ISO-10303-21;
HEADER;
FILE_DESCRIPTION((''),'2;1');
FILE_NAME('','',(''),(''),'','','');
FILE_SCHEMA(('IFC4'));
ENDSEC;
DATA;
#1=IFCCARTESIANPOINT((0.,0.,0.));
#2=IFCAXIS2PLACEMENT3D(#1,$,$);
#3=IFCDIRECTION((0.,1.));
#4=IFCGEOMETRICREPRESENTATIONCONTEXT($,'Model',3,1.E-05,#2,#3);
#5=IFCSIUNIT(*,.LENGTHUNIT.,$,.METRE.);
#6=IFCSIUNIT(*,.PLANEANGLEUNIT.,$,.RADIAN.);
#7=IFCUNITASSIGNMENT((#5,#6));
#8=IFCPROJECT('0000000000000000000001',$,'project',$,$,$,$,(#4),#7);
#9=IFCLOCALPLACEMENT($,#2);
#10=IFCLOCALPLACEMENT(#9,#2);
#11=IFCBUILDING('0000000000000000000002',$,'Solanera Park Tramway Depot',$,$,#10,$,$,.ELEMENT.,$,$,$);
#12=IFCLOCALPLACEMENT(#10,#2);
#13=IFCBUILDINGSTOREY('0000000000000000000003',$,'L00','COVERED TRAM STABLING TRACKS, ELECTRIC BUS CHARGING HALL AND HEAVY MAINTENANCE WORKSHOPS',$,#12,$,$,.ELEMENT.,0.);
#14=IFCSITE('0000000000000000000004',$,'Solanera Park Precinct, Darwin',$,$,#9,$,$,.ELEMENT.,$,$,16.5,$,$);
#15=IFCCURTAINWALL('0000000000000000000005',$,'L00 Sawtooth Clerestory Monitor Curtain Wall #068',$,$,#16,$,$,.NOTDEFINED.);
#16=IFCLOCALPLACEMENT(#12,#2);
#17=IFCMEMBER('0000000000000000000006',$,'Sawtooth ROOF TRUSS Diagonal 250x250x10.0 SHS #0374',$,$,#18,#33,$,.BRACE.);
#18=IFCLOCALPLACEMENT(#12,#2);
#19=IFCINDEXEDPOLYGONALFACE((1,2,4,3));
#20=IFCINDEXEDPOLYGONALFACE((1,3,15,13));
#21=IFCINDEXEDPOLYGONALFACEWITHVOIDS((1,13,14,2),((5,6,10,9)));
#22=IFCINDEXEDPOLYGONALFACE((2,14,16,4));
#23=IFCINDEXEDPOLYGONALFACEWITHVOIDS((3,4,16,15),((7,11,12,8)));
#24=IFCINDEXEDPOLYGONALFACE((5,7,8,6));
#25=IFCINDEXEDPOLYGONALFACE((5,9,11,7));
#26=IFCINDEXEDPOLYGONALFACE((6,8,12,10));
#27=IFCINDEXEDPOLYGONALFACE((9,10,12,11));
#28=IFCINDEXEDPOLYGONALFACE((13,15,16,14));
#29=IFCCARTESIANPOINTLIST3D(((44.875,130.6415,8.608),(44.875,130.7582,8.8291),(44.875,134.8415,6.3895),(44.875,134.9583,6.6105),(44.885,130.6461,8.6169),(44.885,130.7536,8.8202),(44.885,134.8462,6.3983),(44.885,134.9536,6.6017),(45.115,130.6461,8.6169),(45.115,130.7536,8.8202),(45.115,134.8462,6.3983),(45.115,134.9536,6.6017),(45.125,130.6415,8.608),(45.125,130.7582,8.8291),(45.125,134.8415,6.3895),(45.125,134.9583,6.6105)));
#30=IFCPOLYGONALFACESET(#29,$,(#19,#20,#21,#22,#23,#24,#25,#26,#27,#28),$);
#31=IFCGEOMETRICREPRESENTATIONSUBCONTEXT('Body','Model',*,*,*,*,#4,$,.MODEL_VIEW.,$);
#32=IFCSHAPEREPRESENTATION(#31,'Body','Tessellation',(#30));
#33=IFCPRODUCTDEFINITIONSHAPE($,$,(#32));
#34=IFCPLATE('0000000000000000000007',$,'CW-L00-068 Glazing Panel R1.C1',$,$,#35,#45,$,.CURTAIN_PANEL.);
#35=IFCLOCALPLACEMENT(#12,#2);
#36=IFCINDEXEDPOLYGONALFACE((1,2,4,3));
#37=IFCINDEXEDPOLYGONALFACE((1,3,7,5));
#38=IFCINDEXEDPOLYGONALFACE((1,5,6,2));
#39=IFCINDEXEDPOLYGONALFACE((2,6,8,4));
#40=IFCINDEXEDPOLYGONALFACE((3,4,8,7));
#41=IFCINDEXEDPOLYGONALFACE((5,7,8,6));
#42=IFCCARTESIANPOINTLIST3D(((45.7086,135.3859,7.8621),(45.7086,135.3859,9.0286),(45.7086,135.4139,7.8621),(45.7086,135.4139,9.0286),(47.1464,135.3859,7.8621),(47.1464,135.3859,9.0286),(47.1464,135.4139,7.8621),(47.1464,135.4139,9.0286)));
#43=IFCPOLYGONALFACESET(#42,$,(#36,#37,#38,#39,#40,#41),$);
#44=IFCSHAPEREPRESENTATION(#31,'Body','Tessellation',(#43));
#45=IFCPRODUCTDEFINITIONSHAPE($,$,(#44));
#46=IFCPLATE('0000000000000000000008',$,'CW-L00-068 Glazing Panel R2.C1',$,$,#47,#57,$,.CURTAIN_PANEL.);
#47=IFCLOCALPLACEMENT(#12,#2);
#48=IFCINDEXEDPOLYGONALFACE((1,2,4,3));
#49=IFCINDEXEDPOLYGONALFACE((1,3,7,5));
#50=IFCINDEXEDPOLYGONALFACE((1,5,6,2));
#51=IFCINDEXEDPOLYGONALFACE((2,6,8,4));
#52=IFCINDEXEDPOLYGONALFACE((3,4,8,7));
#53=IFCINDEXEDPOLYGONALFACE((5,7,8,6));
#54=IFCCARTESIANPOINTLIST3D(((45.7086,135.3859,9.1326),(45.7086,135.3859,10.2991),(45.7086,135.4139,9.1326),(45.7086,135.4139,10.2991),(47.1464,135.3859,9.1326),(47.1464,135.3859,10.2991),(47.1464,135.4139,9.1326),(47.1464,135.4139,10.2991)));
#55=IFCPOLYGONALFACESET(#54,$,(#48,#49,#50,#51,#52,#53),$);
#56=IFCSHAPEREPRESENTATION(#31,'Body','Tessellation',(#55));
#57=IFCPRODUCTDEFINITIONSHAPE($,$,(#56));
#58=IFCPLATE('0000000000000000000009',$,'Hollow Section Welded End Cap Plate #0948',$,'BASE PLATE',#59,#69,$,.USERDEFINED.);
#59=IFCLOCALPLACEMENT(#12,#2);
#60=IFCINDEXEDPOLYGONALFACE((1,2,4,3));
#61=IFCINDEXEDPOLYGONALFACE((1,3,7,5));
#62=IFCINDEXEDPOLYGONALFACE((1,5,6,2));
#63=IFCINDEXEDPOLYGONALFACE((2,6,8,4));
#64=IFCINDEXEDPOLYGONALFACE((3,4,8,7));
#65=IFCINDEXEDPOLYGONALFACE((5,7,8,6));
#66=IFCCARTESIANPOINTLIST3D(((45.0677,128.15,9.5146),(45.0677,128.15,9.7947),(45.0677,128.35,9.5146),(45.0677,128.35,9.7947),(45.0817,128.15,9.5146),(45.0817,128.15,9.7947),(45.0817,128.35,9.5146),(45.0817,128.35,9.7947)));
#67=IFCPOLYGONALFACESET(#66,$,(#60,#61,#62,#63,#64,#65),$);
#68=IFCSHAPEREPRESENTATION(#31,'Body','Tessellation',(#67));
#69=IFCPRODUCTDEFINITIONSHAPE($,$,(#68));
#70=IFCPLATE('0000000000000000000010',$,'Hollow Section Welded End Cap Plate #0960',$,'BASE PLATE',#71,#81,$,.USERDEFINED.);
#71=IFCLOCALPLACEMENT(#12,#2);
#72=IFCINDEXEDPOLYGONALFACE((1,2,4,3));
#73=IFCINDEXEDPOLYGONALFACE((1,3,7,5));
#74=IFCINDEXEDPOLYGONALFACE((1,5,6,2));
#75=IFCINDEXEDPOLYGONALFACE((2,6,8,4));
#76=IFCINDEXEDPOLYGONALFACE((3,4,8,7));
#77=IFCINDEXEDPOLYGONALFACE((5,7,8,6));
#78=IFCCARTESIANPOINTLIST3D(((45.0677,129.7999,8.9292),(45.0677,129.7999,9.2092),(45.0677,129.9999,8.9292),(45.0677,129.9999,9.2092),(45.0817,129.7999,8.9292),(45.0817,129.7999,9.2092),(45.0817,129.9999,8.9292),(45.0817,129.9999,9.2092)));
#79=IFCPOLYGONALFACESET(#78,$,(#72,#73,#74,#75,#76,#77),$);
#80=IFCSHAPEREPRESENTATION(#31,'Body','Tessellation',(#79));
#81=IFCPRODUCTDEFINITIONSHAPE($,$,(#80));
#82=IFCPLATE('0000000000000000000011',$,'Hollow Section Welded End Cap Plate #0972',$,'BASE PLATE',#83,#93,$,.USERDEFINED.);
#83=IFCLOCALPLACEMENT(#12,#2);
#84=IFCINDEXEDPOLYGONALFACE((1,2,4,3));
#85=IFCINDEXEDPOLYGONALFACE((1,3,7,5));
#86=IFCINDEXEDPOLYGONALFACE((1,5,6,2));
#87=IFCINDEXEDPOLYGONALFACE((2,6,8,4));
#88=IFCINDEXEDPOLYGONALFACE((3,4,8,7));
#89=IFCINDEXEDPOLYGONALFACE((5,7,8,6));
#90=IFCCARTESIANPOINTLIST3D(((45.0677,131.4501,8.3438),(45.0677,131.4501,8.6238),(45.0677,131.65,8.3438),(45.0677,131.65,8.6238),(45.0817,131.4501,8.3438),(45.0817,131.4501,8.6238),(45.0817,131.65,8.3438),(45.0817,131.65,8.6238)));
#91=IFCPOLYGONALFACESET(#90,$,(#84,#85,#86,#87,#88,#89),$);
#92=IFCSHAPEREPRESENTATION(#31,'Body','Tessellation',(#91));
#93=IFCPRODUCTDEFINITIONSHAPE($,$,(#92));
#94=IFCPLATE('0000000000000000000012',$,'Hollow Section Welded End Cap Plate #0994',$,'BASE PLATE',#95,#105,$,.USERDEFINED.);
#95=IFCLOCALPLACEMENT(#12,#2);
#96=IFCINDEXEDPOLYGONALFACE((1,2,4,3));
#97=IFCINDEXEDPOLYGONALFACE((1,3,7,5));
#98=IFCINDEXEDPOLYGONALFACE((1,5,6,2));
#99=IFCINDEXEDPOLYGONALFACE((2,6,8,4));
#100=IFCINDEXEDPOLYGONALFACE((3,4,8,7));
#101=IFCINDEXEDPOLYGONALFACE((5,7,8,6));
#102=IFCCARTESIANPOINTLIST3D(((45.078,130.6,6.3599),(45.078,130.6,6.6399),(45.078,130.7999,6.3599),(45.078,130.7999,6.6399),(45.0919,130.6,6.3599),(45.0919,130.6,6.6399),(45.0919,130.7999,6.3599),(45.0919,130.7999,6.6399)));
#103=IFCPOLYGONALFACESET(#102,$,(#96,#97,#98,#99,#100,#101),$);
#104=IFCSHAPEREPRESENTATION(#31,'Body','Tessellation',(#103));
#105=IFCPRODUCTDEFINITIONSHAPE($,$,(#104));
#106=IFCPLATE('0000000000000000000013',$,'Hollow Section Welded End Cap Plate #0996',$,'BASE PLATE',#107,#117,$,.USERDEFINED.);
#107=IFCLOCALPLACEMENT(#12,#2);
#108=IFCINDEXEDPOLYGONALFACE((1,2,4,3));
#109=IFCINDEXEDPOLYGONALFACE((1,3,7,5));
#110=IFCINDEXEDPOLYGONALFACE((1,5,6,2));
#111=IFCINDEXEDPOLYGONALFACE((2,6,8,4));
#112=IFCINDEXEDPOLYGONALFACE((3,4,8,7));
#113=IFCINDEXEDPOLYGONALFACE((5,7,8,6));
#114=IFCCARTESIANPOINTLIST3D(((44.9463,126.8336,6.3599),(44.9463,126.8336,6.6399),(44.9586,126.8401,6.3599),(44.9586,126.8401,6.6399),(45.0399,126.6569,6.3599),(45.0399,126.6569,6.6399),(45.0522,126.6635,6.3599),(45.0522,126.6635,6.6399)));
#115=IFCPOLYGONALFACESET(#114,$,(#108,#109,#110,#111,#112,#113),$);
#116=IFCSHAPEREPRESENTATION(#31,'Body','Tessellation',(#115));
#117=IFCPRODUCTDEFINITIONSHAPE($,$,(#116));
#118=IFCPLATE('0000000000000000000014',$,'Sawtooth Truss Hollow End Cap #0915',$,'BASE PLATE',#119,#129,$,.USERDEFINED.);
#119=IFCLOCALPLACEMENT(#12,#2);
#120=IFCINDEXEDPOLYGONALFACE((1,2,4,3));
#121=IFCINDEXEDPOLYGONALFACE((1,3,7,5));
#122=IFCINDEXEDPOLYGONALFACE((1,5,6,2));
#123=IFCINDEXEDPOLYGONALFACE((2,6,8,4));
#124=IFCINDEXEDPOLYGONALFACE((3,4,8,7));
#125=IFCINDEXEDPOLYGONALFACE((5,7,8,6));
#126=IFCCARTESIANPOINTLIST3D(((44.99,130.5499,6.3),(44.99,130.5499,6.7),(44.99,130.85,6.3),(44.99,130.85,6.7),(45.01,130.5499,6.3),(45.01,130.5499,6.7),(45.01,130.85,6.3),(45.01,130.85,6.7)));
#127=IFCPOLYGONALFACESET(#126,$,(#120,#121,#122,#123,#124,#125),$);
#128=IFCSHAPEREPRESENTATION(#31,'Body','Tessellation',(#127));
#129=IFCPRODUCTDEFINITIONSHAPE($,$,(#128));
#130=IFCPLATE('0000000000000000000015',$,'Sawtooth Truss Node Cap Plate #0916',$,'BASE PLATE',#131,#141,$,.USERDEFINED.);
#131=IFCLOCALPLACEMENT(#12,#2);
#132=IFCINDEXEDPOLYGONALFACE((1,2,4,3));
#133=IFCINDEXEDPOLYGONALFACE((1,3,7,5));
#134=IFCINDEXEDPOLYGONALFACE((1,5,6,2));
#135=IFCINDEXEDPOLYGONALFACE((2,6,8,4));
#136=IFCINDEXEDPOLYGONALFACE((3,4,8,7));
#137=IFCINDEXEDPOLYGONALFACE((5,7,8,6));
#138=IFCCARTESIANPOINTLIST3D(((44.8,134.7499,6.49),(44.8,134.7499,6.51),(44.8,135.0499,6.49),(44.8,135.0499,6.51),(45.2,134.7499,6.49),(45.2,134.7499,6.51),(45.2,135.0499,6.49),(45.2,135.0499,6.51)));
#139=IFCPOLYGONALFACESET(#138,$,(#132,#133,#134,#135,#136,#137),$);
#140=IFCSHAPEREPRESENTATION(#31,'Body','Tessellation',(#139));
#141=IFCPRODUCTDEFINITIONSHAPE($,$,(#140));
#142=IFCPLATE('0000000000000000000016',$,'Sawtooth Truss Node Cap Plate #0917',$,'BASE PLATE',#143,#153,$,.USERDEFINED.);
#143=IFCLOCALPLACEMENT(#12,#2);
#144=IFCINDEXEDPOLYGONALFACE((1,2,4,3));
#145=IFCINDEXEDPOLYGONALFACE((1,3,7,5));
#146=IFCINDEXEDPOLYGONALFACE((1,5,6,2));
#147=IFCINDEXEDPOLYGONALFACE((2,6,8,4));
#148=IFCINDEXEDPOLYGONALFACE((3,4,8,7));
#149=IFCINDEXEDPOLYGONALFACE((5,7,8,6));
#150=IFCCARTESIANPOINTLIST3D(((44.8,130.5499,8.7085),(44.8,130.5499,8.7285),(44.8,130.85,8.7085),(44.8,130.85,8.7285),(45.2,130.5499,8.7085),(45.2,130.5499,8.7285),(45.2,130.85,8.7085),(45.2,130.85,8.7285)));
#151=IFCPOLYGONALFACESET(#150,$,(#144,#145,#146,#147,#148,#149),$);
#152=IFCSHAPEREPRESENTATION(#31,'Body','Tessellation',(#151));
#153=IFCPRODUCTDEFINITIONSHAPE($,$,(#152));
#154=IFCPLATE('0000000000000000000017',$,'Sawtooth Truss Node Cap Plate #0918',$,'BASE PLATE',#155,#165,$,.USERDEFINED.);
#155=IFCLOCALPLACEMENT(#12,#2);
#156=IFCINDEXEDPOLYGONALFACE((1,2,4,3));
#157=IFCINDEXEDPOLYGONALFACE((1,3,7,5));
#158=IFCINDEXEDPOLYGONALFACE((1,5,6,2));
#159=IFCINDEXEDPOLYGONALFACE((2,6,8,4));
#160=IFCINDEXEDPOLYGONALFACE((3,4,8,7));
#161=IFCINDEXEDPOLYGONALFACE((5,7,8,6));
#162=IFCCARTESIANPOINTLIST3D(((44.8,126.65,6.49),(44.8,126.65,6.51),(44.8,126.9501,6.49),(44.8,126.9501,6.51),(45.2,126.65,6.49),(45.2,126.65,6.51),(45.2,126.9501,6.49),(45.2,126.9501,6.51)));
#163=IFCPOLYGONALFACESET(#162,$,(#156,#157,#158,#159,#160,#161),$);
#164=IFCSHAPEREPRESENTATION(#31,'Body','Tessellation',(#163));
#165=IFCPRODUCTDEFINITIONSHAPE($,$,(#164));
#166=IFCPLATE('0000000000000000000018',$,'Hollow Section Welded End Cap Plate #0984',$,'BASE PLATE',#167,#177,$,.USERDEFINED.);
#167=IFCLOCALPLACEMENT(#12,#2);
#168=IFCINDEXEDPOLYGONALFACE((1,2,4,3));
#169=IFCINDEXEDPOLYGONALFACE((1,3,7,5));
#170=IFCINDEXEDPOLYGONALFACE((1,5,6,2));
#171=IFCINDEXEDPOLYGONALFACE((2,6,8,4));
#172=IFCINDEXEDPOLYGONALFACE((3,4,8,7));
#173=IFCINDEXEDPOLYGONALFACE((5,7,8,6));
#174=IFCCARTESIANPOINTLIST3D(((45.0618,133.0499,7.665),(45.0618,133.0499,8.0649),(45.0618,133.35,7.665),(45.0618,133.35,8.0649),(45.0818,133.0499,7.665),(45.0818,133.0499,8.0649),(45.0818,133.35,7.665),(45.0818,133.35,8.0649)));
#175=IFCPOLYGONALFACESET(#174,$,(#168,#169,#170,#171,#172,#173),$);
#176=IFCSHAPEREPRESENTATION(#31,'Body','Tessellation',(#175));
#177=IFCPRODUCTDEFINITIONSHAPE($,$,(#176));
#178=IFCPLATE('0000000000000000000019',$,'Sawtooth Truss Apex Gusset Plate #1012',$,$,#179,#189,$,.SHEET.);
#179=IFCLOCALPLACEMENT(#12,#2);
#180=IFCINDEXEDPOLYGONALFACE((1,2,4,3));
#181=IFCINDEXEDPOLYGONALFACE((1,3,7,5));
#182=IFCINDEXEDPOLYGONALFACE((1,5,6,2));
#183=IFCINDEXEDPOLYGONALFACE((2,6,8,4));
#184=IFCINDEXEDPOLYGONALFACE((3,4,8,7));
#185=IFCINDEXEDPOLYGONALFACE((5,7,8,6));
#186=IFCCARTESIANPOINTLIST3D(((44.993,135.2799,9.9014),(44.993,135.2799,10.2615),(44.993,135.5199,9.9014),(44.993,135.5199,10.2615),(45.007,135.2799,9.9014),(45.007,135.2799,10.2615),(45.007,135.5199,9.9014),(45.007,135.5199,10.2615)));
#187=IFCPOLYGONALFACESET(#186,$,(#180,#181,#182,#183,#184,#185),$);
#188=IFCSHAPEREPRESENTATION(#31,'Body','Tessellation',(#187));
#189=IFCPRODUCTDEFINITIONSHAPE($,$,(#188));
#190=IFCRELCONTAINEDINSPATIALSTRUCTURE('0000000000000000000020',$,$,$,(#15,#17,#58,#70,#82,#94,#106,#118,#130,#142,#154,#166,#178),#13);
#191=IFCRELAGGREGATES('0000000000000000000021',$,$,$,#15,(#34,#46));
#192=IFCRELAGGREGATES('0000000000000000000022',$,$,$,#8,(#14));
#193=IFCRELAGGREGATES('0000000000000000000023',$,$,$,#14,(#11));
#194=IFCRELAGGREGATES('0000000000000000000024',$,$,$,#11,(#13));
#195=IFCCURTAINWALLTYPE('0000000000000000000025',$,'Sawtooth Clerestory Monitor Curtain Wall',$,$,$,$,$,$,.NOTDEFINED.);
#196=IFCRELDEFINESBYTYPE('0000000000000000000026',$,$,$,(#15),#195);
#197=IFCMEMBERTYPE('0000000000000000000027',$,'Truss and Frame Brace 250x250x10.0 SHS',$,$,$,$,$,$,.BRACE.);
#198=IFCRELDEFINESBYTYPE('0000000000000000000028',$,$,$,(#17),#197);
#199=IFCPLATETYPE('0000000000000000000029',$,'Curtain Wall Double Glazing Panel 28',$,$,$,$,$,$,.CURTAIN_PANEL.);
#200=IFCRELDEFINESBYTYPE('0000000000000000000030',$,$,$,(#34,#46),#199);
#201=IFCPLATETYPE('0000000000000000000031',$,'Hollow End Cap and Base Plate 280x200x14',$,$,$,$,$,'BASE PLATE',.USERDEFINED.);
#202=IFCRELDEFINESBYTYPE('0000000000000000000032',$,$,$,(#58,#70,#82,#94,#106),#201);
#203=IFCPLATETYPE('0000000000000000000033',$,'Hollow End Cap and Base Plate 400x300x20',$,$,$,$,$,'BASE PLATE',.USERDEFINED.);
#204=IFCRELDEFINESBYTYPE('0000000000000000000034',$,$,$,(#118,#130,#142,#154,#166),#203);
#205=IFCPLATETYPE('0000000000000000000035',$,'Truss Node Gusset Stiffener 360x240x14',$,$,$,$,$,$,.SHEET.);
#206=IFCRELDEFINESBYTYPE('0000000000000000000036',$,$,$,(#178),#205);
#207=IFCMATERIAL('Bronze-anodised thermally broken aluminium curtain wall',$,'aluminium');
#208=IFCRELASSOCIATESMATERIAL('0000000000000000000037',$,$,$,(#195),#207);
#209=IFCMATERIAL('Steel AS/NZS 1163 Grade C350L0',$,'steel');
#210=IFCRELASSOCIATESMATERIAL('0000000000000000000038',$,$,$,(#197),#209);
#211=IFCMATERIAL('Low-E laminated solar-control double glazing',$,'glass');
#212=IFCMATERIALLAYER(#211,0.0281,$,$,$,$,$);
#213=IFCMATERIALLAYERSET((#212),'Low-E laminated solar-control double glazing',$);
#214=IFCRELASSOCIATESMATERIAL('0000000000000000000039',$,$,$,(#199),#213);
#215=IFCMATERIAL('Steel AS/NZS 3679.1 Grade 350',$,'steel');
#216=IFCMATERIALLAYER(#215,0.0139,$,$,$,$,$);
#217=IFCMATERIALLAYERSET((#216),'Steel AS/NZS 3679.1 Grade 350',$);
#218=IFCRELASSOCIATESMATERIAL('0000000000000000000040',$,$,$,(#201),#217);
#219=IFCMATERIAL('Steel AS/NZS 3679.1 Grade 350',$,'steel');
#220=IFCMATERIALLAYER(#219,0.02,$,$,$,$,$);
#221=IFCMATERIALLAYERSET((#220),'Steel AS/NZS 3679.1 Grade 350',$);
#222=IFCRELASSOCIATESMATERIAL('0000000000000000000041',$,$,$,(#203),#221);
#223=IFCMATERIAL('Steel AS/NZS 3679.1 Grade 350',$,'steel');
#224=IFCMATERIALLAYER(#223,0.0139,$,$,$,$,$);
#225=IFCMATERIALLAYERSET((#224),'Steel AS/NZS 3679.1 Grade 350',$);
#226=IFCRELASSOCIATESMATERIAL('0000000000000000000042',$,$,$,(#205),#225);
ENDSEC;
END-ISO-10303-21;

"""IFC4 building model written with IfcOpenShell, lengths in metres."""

from ifc_helpers import new_model, si_unit, direction, frame, origin, origin_2d, place, context, subcontext, project, spatial, rectangle, hollow_rectangle, extrude, material, layer, layer_set, material_profile, profile_set, type_object, element, aggregate, save


model = new_model("IFC4")

# Units and contexts
model_context = context("Model", 3, precision=1e-05, world=origin(), true_north=direction((0.0, 1.0)))
body_context = subcontext(model_context, "Body", "Model", "MODEL_VIEW")
ifc_project = project(units=[si_unit("LENGTHUNIT", "METRE"), si_unit("PLANEANGLEUNIT", "RADIAN")], contexts=[model_context])

# Site, building, storey
site_placement = place(None, origin())
site = spatial("IfcSite", under=ifc_project, at=site_placement, Name="Solanera Park Precinct, Darwin", CompositionType="ELEMENT", RefElevation=16.5)
building_placement = place(site_placement, origin())
building = spatial("IfcBuilding", under=site, at=building_placement, Name="Solanera Park Tramway Depot", CompositionType="ELEMENT")
storey_placement = place(building_placement, origin())
storey = spatial("IfcBuildingStorey", under=building, at=storey_placement, Name="L00", Description="COVERED TRAM STABLING TRACKS, ELECTRIC BUS CHARGING HALL AND HEAVY MAINTENANCE WORKSHOPS", CompositionType="ELEMENT", Elevation=0.0)

# Curtain wall
ifc_material_1 = material(Name="Bronze-anodised thermally broken aluminium curtain wall", Category="aluminium")
curtain_wall_type = type_object("IfcCurtainWallType", Name="Sawtooth Clerestory Monitor Curtain Wall", PredefinedType="NOTDEFINED", material=ifc_material_1)
curtain_wall_placement = place(storey_placement, origin())
curtain_wall = element("IfcCurtainWall", 1, at=curtain_wall_placement, inside=storey, type_object=curtain_wall_type, Name="L00 Sawtooth Clerestory Monitor Curtain Wall #068", PredefinedType="NOTDEFINED")

# Member
ifc_material_2 = material(Name="Steel AS/NZS 1163 Grade C350L0", Category="steel")
ifc_material_profile_1 = material_profile(ifc_material_2, hollow_rectangle(XDim=0.25, YDim=0.25, WallThickness=0.01, at=origin_2d()), Name="250x250x10.0 SHS")
ifc_profile_set_1 = profile_set([ifc_material_profile_1], Name="Steel AS/NZS 1163 Grade C350L0")
member_type_1 = type_object("IfcMemberType", Name="Truss and Frame Brace 250x250x10.0 SHS", PredefinedType="BRACE", material=ifc_profile_set_1)
member_1_placement = place(storey_placement, frame((45.0, 134.8999, 6.5), z_axis=(0.0, -0.884223, 0.467066), x_axis=(1.0, 0.0, 0.0)))
element("IfcMember", 2, at=member_1_placement, inside=storey, type_object=member_type_1, Name="Sawtooth ROOF TRUSS Diagonal 250x250x10.0 SHS #0374", PredefinedType="BRACE", context=body_context, shape_type="SweptSolid", body=[
    extrude(hollow_rectangle(XDim=0.25, YDim=0.25, WallThickness=0.01, at=origin_2d()), origin(), (0.0, 0.0, 1.0), 4.75),
])

# Plates
ifc_material_3 = material(Name="Low-E laminated solar-control double glazing", Category="glass")
ifc_layer_1 = layer(ifc_material_3, 0.0281)
ifc_layer_set_1 = layer_set([ifc_layer_1], Name="Low-E laminated solar-control double glazing")
plate_type_1 = type_object("IfcPlateType", Name="Curtain Wall Double Glazing Panel 28", PredefinedType="CURTAIN_PANEL", material=ifc_layer_set_1)
plate_1_placement = place(storey_placement, frame((46.4275, 135.3999, 7.8621), z_axis=(0.0, 0.0, 1.0), x_axis=(1.0, 0.0, 0.0)))
plate_1 = element("IfcPlate", 3, at=plate_1_placement, type_object=plate_type_1, Name="CW-L00-068 Glazing Panel R1.C1", PredefinedType="CURTAIN_PANEL", context=body_context, shape_type="SweptSolid", body=[
    extrude(rectangle(XDim=1.4377, YDim=0.0281, at=origin_2d()), origin(), (0.0, 0.0, 1.0), 1.1665),
])
plate_2_placement = place(storey_placement, frame((46.4275, 135.3999, 9.1326), z_axis=(0.0, 0.0, 1.0), x_axis=(1.0, 0.0, 0.0)))
plate_2 = element("IfcPlate", 4, at=plate_2_placement, type_object=plate_type_1, Name="CW-L00-068 Glazing Panel R2.C1", PredefinedType="CURTAIN_PANEL", context=body_context, shape_type="SweptSolid", body=[
    extrude(rectangle(XDim=1.4377, YDim=0.0281, at=origin_2d()), origin(), (0.0, 0.0, 1.0), 1.1665),
])
aggregate(curtain_wall, [plate_1, plate_2])

# Plates
ifc_material_4 = material(Name="Steel AS/NZS 3679.1 Grade 350", Category="steel")
ifc_layer_2 = layer(ifc_material_4, 0.0139)
ifc_layer_set_2 = layer_set([ifc_layer_2], Name="Steel AS/NZS 3679.1 Grade 350")
plate_type_2 = type_object("IfcPlateType", Name="Hollow End Cap and Base Plate 280x200x14", ElementType="BASE PLATE", PredefinedType="USERDEFINED", material=ifc_layer_set_2)
for number, where, z_axis, x_axis, name in (
    (5, (45.0747, 128.25, 9.5146), (0.0, 0.0, 1.0), (1.0, 0.0, 0.0), "Hollow Section Welded End Cap Plate #0948"),
    (6, (45.0747, 129.8999, 8.9292), (0.0, 0.0, 1.0), (1.0, 0.0, 0.0), "Hollow Section Welded End Cap Plate #0960"),
    (7, (45.0747, 131.55, 8.3438), (0.0, 0.0, 1.0), (1.0, 0.0, 0.0), "Hollow Section Welded End Cap Plate #0972"),
    (8, (45.085, 130.7, 6.3599), (0.0, 0.0, 1.0), (1.0, 0.0, 0.0), "Hollow Section Welded End Cap Plate #0994"),
    (9, (44.9993, 126.7485, 6.3599), (0.0, 0.0, 1.0), (0.883521, 0.468392, 0.0), "Hollow Section Welded End Cap Plate #0996"),
):
    element("IfcPlate", number, at=place(storey_placement, frame(where, z_axis=z_axis, x_axis=x_axis)), inside=storey, type_object=plate_type_2, Name=name, ObjectType="BASE PLATE", PredefinedType="USERDEFINED", context=body_context, shape_type="SweptSolid", body=[
        extrude(rectangle(XDim=0.0139, YDim=0.2, at=origin_2d()), origin(), (0.0, 0.0, 1.0), 0.28),
    ])
ifc_material_5 = material(Name="Steel AS/NZS 3679.1 Grade 350", Category="steel")
ifc_layer_3 = layer(ifc_material_5, 0.02)
ifc_layer_set_3 = layer_set([ifc_layer_3], Name="Steel AS/NZS 3679.1 Grade 350")
plate_type_3 = type_object("IfcPlateType", Name="Hollow End Cap and Base Plate 400x300x20", ElementType="BASE PLATE", PredefinedType="USERDEFINED", material=ifc_layer_set_3)
plate_3_placement = place(storey_placement, frame((45.0, 130.7, 6.3), z_axis=(0.0, 0.0, 1.0), x_axis=(1.0, 0.0, 0.0)))
element("IfcPlate", 10, at=plate_3_placement, inside=storey, type_object=plate_type_3, Name="Sawtooth Truss Hollow End Cap #0915", ObjectType="BASE PLATE", PredefinedType="USERDEFINED", context=body_context, shape_type="SweptSolid", body=[
    extrude(rectangle(XDim=0.02, YDim=0.3, at=origin_2d()), origin(), (0.0, 0.0, 1.0), 0.3999),
])
for number, where, z_axis, x_axis, name in (
    (11, (45.0, 134.8999, 6.49), (0.0, 0.0, 1.0), (1.0, 0.0, 0.0), "Sawtooth Truss Node Cap Plate #0916"),
    (12, (45.0, 130.7, 8.7085), (0.0, 0.0, 1.0), (1.0, 0.0, 0.0), "Sawtooth Truss Node Cap Plate #0917"),
    (13, (45.0, 126.8, 6.49), (0.0, 0.0, 1.0), (1.0, 0.0, 0.0), "Sawtooth Truss Node Cap Plate #0918"),
):
    element("IfcPlate", number, at=place(storey_placement, frame(where, z_axis=z_axis, x_axis=x_axis)), inside=storey, type_object=plate_type_3, Name=name, ObjectType="BASE PLATE", PredefinedType="USERDEFINED", context=body_context, shape_type="SweptSolid", body=[
        extrude(rectangle(XDim=0.3999, YDim=0.3, at=origin_2d()), origin(), (0.0, 0.0, 1.0), 0.02),
    ])
plate_4_placement = place(storey_placement, frame((45.0718, 133.2, 7.665), z_axis=(0.0, 0.0, 1.0), x_axis=(1.0, 0.0, 0.0)))
element("IfcPlate", 14, at=plate_4_placement, inside=storey, type_object=plate_type_3, Name="Hollow Section Welded End Cap Plate #0984", ObjectType="BASE PLATE", PredefinedType="USERDEFINED", context=body_context, shape_type="SweptSolid", body=[
    extrude(rectangle(XDim=0.02, YDim=0.3, at=origin_2d()), origin(), (0.0, 0.0, 1.0), 0.3999),
])
ifc_material_6 = material(Name="Steel AS/NZS 3679.1 Grade 350", Category="steel")
ifc_layer_4 = layer(ifc_material_6, 0.0139)
ifc_layer_set_4 = layer_set([ifc_layer_4], Name="Steel AS/NZS 3679.1 Grade 350")
plate_type_4 = type_object("IfcPlateType", Name="Truss Node Gusset Stiffener 360x240x14", PredefinedType="SHEET", material=ifc_layer_set_4)
plate_5_placement = place(storey_placement, frame((45.0, 135.3999, 9.9014), z_axis=(0.0, 0.0, 1.0), x_axis=(1.0, 0.0, 0.0)))
element("IfcPlate", 15, at=plate_5_placement, inside=storey, type_object=plate_type_4, Name="Sawtooth Truss Apex Gusset Plate #1012", PredefinedType="SHEET", context=body_context, shape_type="SweptSolid", body=[
    extrude(rectangle(XDim=0.0139, YDim=0.24, at=origin_2d()), origin(), (0.0, 0.0, 1.0), 0.3601),
])

save(model, "model.ifc")
